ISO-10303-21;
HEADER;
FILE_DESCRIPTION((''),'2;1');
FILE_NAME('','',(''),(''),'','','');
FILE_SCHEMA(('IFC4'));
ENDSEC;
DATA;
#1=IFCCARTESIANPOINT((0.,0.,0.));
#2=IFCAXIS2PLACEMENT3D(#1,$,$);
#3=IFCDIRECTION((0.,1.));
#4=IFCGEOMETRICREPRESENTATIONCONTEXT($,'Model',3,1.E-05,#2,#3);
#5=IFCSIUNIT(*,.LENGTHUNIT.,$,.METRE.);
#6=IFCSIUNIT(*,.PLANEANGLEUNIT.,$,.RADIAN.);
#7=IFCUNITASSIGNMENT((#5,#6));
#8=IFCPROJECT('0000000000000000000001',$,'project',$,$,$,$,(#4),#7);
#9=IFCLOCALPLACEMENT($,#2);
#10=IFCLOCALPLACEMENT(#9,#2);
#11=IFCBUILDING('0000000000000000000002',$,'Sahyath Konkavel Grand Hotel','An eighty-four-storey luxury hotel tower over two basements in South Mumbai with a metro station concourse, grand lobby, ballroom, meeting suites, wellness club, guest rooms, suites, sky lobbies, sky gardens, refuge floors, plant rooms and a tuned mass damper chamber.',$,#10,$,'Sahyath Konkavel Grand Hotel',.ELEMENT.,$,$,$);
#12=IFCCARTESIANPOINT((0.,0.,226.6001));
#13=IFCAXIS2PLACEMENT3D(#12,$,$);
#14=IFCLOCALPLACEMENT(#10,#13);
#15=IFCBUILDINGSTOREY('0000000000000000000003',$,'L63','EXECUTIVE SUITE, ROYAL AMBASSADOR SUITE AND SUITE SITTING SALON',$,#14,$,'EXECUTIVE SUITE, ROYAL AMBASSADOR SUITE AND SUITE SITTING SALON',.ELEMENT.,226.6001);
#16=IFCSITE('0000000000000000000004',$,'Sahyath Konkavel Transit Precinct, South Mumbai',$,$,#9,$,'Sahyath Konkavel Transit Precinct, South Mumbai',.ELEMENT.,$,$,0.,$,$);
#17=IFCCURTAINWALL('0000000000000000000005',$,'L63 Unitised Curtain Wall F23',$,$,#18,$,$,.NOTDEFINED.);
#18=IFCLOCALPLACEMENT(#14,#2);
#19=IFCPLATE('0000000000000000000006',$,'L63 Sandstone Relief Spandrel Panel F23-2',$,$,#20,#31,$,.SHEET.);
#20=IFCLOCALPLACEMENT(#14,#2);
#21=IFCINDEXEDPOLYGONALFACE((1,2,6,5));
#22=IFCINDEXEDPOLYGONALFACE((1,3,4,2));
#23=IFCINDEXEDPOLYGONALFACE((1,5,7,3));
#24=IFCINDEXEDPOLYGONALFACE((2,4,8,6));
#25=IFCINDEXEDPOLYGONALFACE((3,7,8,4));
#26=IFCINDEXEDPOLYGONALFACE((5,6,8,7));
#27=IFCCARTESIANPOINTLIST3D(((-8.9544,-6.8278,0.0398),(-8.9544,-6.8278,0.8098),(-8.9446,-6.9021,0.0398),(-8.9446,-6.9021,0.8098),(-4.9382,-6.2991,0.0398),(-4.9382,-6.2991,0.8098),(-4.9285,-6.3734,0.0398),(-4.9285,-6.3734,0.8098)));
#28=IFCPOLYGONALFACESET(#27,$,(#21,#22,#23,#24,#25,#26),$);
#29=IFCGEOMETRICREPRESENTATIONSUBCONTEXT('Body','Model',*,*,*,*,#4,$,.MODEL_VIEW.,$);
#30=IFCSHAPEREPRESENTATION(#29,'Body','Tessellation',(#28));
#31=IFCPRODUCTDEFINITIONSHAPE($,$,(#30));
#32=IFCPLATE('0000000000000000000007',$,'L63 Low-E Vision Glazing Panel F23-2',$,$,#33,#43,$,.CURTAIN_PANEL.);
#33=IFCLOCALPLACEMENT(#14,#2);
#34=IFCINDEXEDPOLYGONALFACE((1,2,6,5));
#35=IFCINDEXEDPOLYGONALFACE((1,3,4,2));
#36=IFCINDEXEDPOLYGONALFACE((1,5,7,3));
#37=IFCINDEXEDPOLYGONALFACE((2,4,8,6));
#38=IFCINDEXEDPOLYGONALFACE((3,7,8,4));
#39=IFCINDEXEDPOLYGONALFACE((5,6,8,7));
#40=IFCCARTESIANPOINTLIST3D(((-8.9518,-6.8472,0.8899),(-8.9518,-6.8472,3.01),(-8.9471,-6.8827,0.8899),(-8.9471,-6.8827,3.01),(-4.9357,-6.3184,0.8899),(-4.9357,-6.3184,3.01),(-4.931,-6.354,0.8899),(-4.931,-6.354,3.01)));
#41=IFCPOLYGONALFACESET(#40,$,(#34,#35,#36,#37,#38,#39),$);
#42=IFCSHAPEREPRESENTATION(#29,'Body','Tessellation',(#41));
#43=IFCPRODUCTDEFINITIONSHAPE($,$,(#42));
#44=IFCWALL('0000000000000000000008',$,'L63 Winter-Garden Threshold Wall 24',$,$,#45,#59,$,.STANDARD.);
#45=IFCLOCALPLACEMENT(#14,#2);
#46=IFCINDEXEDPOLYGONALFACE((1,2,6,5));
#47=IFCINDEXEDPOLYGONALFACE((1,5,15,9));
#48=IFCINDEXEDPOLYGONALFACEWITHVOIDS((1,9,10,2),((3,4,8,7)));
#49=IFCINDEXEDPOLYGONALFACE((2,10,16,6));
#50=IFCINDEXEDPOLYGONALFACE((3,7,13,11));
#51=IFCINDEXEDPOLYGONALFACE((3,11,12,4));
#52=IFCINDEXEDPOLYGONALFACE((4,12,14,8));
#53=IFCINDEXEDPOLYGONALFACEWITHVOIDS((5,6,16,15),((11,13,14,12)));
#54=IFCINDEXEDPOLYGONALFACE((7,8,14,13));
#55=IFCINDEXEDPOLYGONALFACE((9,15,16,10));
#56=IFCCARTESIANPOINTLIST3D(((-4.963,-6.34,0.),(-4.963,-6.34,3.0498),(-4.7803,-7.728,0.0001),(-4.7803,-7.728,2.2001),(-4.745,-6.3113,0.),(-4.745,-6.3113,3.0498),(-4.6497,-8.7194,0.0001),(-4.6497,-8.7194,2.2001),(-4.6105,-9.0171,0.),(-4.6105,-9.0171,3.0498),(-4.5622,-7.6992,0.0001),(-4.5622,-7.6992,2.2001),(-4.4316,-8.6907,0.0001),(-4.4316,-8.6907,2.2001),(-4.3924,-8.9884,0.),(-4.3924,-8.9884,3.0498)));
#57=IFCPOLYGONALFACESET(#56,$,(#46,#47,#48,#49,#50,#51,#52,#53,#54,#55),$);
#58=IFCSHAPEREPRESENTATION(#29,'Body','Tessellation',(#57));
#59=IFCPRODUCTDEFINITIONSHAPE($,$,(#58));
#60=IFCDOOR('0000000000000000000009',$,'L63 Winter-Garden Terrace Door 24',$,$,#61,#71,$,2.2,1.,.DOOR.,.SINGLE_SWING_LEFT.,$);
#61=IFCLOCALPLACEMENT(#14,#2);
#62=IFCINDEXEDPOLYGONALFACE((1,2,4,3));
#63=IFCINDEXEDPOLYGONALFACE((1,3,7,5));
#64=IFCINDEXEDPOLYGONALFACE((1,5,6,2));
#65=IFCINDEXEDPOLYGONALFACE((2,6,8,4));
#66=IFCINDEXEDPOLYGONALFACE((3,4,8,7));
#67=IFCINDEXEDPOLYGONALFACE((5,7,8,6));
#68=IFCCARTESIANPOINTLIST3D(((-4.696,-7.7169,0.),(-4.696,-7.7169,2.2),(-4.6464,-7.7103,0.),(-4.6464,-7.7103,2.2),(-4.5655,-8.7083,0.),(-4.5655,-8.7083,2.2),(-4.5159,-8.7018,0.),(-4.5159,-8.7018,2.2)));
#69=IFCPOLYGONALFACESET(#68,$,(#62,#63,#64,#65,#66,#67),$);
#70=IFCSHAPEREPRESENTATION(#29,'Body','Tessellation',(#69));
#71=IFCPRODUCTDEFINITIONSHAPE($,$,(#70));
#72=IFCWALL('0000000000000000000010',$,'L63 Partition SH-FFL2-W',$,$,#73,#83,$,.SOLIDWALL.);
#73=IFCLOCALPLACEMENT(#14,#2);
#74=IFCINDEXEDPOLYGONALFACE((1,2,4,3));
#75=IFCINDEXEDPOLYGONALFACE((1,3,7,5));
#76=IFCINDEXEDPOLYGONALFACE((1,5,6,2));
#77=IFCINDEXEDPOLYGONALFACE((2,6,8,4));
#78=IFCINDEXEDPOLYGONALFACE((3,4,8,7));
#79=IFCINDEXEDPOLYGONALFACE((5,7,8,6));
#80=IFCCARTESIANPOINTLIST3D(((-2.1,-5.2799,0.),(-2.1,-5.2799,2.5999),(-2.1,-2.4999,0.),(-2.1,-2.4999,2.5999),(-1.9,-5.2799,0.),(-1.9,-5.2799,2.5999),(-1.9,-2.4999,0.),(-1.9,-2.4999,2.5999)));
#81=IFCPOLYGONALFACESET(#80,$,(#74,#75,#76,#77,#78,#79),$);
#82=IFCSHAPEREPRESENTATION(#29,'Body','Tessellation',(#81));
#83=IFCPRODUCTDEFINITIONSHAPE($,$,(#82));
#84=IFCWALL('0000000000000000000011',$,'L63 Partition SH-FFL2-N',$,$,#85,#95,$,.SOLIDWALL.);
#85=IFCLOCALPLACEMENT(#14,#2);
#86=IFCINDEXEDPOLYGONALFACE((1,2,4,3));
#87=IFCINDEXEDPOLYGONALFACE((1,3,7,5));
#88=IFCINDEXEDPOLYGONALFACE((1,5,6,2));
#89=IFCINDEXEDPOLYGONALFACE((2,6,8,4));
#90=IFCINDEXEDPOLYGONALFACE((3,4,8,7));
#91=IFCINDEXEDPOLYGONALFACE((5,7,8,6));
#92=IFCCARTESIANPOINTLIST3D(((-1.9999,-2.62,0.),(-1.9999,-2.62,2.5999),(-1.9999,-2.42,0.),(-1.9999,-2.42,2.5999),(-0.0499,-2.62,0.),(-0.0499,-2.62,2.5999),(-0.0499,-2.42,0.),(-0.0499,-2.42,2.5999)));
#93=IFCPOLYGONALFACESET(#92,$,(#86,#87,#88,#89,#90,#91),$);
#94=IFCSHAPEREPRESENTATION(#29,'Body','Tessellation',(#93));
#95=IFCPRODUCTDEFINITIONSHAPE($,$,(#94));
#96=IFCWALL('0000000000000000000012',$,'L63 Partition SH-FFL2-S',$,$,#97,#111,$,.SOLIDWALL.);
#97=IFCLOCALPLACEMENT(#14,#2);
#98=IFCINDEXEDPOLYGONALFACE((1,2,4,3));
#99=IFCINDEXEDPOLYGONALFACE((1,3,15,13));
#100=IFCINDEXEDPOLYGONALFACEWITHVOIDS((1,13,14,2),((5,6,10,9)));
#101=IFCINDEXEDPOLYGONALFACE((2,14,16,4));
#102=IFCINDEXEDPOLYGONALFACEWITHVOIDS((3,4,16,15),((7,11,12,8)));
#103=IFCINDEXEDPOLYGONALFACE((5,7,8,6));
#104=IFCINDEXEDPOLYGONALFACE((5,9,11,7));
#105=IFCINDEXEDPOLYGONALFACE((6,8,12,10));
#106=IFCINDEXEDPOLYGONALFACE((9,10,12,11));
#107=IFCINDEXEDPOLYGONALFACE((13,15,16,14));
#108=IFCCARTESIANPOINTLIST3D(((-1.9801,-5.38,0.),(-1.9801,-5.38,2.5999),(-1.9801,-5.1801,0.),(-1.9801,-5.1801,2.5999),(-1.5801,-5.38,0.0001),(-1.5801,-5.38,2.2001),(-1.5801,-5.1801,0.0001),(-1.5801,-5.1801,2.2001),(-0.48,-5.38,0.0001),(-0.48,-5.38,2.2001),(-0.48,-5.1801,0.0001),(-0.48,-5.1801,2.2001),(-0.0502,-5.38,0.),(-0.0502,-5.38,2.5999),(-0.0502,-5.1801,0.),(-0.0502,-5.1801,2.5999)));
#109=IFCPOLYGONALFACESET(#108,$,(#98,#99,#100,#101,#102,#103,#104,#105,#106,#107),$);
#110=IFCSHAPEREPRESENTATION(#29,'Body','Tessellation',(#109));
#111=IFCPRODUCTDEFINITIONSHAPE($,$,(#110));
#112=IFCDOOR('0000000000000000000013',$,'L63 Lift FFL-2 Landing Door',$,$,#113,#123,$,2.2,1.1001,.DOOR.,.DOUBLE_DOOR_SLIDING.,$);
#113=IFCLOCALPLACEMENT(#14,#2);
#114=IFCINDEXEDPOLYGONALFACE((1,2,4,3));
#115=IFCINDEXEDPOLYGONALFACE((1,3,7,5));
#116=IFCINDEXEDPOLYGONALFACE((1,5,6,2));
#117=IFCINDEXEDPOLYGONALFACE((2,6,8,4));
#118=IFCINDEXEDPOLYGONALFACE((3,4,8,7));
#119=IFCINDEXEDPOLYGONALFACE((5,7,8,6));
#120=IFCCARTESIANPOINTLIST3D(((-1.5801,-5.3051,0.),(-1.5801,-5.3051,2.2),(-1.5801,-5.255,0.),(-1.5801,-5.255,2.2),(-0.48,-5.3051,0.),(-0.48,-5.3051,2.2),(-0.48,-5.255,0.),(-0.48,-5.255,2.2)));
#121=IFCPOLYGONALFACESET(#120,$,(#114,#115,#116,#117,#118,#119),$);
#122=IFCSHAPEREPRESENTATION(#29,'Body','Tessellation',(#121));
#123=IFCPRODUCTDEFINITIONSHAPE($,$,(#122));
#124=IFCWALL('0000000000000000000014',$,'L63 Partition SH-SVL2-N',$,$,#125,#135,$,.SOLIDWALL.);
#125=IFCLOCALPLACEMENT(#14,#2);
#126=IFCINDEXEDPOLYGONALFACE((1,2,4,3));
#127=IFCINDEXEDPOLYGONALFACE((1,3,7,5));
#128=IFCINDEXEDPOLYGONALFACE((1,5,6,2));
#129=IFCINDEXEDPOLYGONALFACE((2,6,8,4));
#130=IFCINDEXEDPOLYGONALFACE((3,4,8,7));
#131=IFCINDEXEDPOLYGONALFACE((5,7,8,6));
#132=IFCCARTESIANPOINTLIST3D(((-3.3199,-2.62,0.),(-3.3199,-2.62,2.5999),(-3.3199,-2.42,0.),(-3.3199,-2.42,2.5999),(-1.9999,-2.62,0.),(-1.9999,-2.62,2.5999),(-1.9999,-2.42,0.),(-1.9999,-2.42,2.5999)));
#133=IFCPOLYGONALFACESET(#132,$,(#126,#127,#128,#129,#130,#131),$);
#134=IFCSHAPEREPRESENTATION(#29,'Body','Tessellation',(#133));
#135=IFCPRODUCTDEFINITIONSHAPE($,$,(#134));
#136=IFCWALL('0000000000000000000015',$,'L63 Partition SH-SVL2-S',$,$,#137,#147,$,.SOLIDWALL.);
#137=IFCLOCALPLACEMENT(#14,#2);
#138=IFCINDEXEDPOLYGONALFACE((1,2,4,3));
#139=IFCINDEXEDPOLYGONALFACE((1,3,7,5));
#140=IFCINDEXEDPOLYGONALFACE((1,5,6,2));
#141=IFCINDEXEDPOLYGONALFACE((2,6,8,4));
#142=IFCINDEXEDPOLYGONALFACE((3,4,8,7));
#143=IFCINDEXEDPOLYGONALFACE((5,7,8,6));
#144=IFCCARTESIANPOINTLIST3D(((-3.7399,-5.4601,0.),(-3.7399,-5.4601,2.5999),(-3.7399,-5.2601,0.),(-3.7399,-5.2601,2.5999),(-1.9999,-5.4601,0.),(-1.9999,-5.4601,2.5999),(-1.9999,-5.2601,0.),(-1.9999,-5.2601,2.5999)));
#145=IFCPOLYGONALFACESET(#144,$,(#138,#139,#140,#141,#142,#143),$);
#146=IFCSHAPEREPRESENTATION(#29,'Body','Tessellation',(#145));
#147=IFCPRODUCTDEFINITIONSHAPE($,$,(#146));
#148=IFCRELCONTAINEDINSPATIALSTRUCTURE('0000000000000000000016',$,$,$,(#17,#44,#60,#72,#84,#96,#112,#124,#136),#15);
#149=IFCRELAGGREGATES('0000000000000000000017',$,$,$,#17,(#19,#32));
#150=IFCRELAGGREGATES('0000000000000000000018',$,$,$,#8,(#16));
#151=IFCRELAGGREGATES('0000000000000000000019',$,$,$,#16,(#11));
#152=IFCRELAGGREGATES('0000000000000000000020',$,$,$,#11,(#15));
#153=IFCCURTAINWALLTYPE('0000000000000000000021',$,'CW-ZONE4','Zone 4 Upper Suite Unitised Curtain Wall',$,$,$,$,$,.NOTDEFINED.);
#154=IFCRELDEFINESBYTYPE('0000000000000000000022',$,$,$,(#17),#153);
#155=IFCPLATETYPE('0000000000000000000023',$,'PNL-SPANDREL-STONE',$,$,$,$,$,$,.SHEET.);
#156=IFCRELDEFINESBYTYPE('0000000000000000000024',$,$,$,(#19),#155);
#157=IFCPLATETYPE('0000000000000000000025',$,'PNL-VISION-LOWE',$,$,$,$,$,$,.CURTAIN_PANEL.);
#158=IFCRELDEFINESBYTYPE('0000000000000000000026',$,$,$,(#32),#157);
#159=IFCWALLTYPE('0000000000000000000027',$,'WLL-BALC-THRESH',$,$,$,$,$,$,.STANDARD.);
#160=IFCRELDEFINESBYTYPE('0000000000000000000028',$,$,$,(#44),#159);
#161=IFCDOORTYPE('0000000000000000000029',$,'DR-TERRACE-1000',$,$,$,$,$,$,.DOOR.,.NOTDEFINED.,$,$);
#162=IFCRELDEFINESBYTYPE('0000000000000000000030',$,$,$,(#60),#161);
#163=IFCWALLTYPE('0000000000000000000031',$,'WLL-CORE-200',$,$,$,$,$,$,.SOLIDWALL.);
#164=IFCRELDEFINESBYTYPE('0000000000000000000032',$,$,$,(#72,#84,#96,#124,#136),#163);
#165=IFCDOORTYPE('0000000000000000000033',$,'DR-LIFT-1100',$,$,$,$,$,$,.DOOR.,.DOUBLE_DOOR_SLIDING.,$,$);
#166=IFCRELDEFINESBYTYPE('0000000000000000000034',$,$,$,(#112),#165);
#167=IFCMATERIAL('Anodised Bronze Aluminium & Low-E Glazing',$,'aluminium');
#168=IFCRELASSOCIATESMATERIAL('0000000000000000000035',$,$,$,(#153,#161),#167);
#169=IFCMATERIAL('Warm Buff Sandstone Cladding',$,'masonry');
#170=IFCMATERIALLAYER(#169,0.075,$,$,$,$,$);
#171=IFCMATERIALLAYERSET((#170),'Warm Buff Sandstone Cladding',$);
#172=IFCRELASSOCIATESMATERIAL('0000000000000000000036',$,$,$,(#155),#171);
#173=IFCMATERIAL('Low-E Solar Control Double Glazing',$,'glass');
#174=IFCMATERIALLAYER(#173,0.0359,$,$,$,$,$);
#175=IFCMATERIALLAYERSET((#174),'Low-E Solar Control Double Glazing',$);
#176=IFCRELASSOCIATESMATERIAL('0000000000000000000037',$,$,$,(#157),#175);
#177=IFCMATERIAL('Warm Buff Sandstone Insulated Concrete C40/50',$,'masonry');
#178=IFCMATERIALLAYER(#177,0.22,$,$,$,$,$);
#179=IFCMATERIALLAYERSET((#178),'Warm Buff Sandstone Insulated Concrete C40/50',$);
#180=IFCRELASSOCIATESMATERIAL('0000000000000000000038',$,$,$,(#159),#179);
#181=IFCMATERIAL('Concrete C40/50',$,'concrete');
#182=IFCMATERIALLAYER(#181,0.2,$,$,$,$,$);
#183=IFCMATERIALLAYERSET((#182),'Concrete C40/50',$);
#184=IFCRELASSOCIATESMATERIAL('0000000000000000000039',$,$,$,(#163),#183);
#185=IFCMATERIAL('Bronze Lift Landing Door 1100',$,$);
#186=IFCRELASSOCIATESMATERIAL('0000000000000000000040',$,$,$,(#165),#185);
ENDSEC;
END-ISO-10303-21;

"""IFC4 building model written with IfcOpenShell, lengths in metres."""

from ifc_helpers import new_model, si_unit, direction, frame, frame_2d, origin, origin_2d, place, context, subcontext, project, spatial, rectangle, extrude, source, transform, mapped, material, layer, layer_set, type_object, element, fill, aggregate, save


model = new_model("IFC4")

# Units and contexts
model_context = context("Model", 3, precision=1e-05, world=origin(), true_north=direction((0.0, 1.0)))
body_context = subcontext(model_context, "Body", "Model", "MODEL_VIEW")
ifc_project = project(units=[si_unit("LENGTHUNIT", "METRE"), si_unit("PLANEANGLEUNIT", "RADIAN")], contexts=[model_context])

# Site, building, storey
site_placement = place(None, origin())
site = spatial("IfcSite", under=ifc_project, at=site_placement, Name="Sahyath Konkavel Transit Precinct, South Mumbai", LongName="Sahyath Konkavel Transit Precinct, South Mumbai", CompositionType="ELEMENT", RefElevation=0.0)
building_placement = place(site_placement, origin())
building = spatial("IfcBuilding", under=site, at=building_placement, Name="Sahyath Konkavel Grand Hotel", Description="An eighty-four-storey luxury hotel tower over two basements in South Mumbai with a metro station concourse, grand lobby, ballroom, meeting suites, wellness club, guest rooms, suites, sky lobbies, sky gardens, refuge floors, plant rooms and a tuned mass damper chamber.", LongName="Sahyath Konkavel Grand Hotel", CompositionType="ELEMENT")
storey_placement = place(building_placement, frame((0.0, 0.0, 226.6001)))
storey = spatial("IfcBuildingStorey", under=building, at=storey_placement, Name="L63", Description="EXECUTIVE SUITE, ROYAL AMBASSADOR SUITE AND SUITE SITTING SALON", LongName="EXECUTIVE SUITE, ROYAL AMBASSADOR SUITE AND SUITE SITTING SALON", CompositionType="ELEMENT", Elevation=226.6001)

# Shared definitions
ifc_material_1 = material(Name="Concrete C40/50", Category="concrete")

# Curtain wall
ifc_material_2 = material(Name="Anodised Bronze Aluminium & Low-E Glazing", Category="aluminium")
curtain_wall_type = type_object("IfcCurtainWallType", Name="CW-ZONE4", Description="Zone 4 Upper Suite Unitised Curtain Wall", PredefinedType="NOTDEFINED", material=ifc_material_2)
curtain_wall_placement = place(storey_placement, origin())
curtain_wall = element("IfcCurtainWall", 1, at=curtain_wall_placement, inside=storey, type_object=curtain_wall_type, Name="L63 Unitised Curtain Wall F23", PredefinedType="NOTDEFINED")

# Plates
ifc_material_3 = material(Name="Warm Buff Sandstone Cladding", Category="masonry")
ifc_layer_1 = layer(ifc_material_3, 0.075)
ifc_layer_set_1 = layer_set([ifc_layer_1], Name="Warm Buff Sandstone Cladding")
plate_type_1 = type_object("IfcPlateType", Name="PNL-SPANDREL-STONE", PredefinedType="SHEET", material=ifc_layer_set_1)
shared_shape_1 = source(origin(), body_context, "Body", "SweptSolid", [
    extrude(rectangle(XDim=4.0508, YDim=0.075, at=origin_2d()), origin(), (0.0, 0.0, 1.0), 0.77),
])
plate_1_placement = place(storey_placement, frame((-6.9414, -6.6006, 0.0398), z_axis=(0.0, 0.0, 1.0), x_axis=(0.991445, 0.130526, 0.0)))
plate_1 = element("IfcPlate", 2, at=plate_1_placement, type_object=plate_type_1, Name="L63 Sandstone Relief Spandrel Panel F23-2", PredefinedType="SHEET", context=body_context, shape_type="MappedRepresentation", body=[
    mapped(shared_shape_1, transform((0.0, 0.0, 0.0), scale=1.0)),
])
ifc_material_4 = material(Name="Low-E Solar Control Double Glazing", Category="glass")
ifc_layer_2 = layer(ifc_material_4, 0.0359)
ifc_layer_set_2 = layer_set([ifc_layer_2], Name="Low-E Solar Control Double Glazing")
plate_type_2 = type_object("IfcPlateType", Name="PNL-VISION-LOWE", PredefinedType="CURTAIN_PANEL", material=ifc_layer_set_2)
shared_shape_2 = source(origin(), body_context, "Body", "SweptSolid", [
    extrude(rectangle(XDim=4.0508, YDim=0.0359, at=origin_2d()), origin(), (0.0, 0.0, 1.0), 2.1201),
])
plate_2_placement = place(storey_placement, frame((-6.9414, -6.6006, 0.8899), z_axis=(0.0, 0.0, 1.0), x_axis=(0.991445, 0.130526, 0.0)))
plate_2 = element("IfcPlate", 3, at=plate_2_placement, type_object=plate_type_2, Name="L63 Low-E Vision Glazing Panel F23-2", PredefinedType="CURTAIN_PANEL", context=body_context, shape_type="MappedRepresentation", body=[
    mapped(shared_shape_2, transform((0.0, 0.0, 0.0), scale=1.0)),
])
aggregate(curtain_wall, [plate_1, plate_2])

# Wall, opening, door
ifc_material_5 = material(Name="Warm Buff Sandstone Insulated Concrete C40/50", Category="masonry")
ifc_layer_3 = layer(ifc_material_5, 0.22)
ifc_layer_set_3 = layer_set([ifc_layer_3], Name="Warm Buff Sandstone Insulated Concrete C40/50")
wall_type_1 = type_object("IfcWallType", Name="WLL-BALC-THRESH", PredefinedType="STANDARD", material=ifc_layer_set_3)
wall_1_placement = place(storey_placement, frame((-4.854, -6.3257, 0.0), z_axis=(0.0, 0.0, 1.0), x_axis=(0.130564, -0.99144, 0.0)))
wall_1 = element("IfcWall", 4, at=wall_1_placement, inside=storey, type_object=wall_type_1, Name="L63 Winter-Garden Threshold Wall 24", PredefinedType="STANDARD", context=body_context, shape_type="SweptSolid", body=[
    extrude(rectangle(XDim=2.7002, YDim=0.22, at=frame_2d((1.3501, 0.0))), origin(), (0.0, 0.0, 1.0), 3.0498),
])
opening_1_placement = place(wall_1_placement, frame((1.3999, 0.0, 0.0)))
opening_1 = element("IfcOpeningElement", 5, at=opening_1_placement, cuts=wall_1, PredefinedType="OPENING", context=body_context, shape_type="SweptSolid", body=[
    extrude(rectangle(XDim=1.0, YDim=2.2, at=frame_2d((0.5, 1.1001))), frame((0.0, 0.1201, 0.0), z_axis=(0.0, -1.0, 0.0), x_axis=(1.0, 0.0, 0.0)), (0.0, 0.0, 1.0), 0.24),
])
door_type_1 = type_object("IfcDoorType", Name="DR-TERRACE-1000", OperationType="NOTDEFINED", PredefinedType="DOOR", material=ifc_material_2)
shared_shape_3 = source(origin(), body_context, "Body", "SweptSolid", [
    extrude(rectangle(XDim=1.0, YDim=0.05, at=origin_2d()), origin(), (0.0, 0.0, 1.0), 2.2),
])
door_1_placement = place(opening_1_placement, frame((0.5, 0.0, 0.0)))
door_1 = element("IfcDoor", 6, at=door_1_placement, inside=storey, type_object=door_type_1, Name="L63 Winter-Garden Terrace Door 24", OperationType="SINGLE_SWING_LEFT", OverallHeight=2.2, OverallWidth=1.0, PredefinedType="DOOR", context=body_context, shape_type="MappedRepresentation", body=[
    mapped(shared_shape_3, transform((0.0, 0.0, 0.0), scale=1.0)),
])
fill(opening_1, door_1)

# Walls
ifc_layer_4 = layer(ifc_material_1, 0.2)
ifc_layer_set_4 = layer_set([ifc_layer_4], Name="Concrete C40/50")
wall_type_2 = type_object("IfcWallType", Name="WLL-CORE-200", PredefinedType="SOLIDWALL", material=ifc_layer_set_4)
wall_2_placement = place(storey_placement, frame((-2.0, -5.28, 0.0), z_axis=(0.0, 0.0, 1.0), x_axis=(0.0, 1.0, 0.0)))
element("IfcWall", 7, at=wall_2_placement, inside=storey, type_object=wall_type_2, Name="L63 Partition SH-FFL2-W", PredefinedType="SOLIDWALL", context=body_context, shape_type="SweptSolid", body=[
    extrude(rectangle(XDim=2.78, YDim=0.2, at=frame_2d((1.3901, 0.0))), origin(), (0.0, 0.0, 1.0), 2.5999),
])
wall_3_placement = place(storey_placement, frame((-2.0, -2.52, 0.0), z_axis=(0.0, 0.0, 1.0), x_axis=(1.0, 0.0, 0.0)))
element("IfcWall", 8, at=wall_3_placement, inside=storey, type_object=wall_type_2, Name="L63 Partition SH-FFL2-N", PredefinedType="SOLIDWALL", context=body_context, shape_type="SweptSolid", body=[
    extrude(rectangle(XDim=1.95, YDim=0.2, at=frame_2d((0.9751, 0.0))), origin(), (0.0, 0.0, 1.0), 2.5999),
])

# Wall, opening, door
wall_4_placement = place(storey_placement, frame((-1.98, -5.28, 0.0), z_axis=(0.0, 0.0, 1.0), x_axis=(1.0, 0.0, 0.0)))
wall_4 = element("IfcWall", 9, at=wall_4_placement, inside=storey, type_object=wall_type_2, Name="L63 Partition SH-FFL2-S", PredefinedType="SOLIDWALL", context=body_context, shape_type="SweptSolid", body=[
    extrude(rectangle(XDim=1.9299, YDim=0.2, at=frame_2d((0.9648, 0.0))), origin(), (0.0, 0.0, 1.0), 2.5999),
])
opening_2_placement = place(wall_4_placement, frame((0.3999, 0.0, 0.0)))
opening_2 = element("IfcOpeningElement", 10, at=opening_2_placement, cuts=wall_4, PredefinedType="OPENING", context=body_context, shape_type="SweptSolid", body=[
    extrude(rectangle(XDim=1.1001, YDim=2.2, at=frame_2d((0.55, 1.1001))), frame((0.0, 0.1099, 0.0), z_axis=(0.0, -1.0, 0.0), x_axis=(1.0, 0.0, 0.0)), (0.0, 0.0, 1.0), 0.22),
])
ifc_material_6 = material(Name="Bronze Lift Landing Door 1100")
door_type_2 = type_object("IfcDoorType", Name="DR-LIFT-1100", OperationType="DOUBLE_DOOR_SLIDING", PredefinedType="DOOR", material=ifc_material_6)
shared_shape_4 = source(origin(), body_context, "Body", "SweptSolid", [
    extrude(rectangle(XDim=1.1001, YDim=0.05, at=origin_2d()), origin(), (0.0, 0.0, 1.0), 2.2),
])
door_2_placement = place(opening_2_placement, frame((0.55, 0.0, 0.0)))
door_2 = element("IfcDoor", 11, at=door_2_placement, inside=storey, type_object=door_type_2, Name="L63 Lift FFL-2 Landing Door", OperationType="DOUBLE_DOOR_SLIDING", OverallHeight=2.2, OverallWidth=1.1001, PredefinedType="DOOR", context=body_context, shape_type="MappedRepresentation", body=[
    mapped(shared_shape_4, transform((0.0, 0.0, 0.0), scale=1.0)),
])
fill(opening_2, door_2)

# Walls
wall_5_placement = place(storey_placement, frame((-3.3201, -2.52, 0.0), z_axis=(0.0, 0.0, 1.0), x_axis=(1.0, 0.0, 0.0)))
element("IfcWall", 12, at=wall_5_placement, inside=storey, type_object=wall_type_2, Name="L63 Partition SH-SVL2-N", PredefinedType="SOLIDWALL", context=body_context, shape_type="SweptSolid", body=[
    extrude(rectangle(XDim=1.3201, YDim=0.2, at=frame_2d((0.6602, 0.0))), origin(), (0.0, 0.0, 1.0), 2.5999),
])
wall_6_placement = place(storey_placement, frame((-3.74, -5.3601, 0.0), z_axis=(0.0, 0.0, 1.0), x_axis=(1.0, 0.0, 0.0)))
element("IfcWall", 13, at=wall_6_placement, inside=storey, type_object=wall_type_2, Name="L63 Partition SH-SVL2-S", PredefinedType="SOLIDWALL", context=body_context, shape_type="SweptSolid", body=[
    extrude(rectangle(XDim=1.74, YDim=0.2, at=frame_2d((0.8701, 0.0))), origin(), (0.0, 0.0, 1.0), 2.5999),
])

save(model, "model.ifc")
